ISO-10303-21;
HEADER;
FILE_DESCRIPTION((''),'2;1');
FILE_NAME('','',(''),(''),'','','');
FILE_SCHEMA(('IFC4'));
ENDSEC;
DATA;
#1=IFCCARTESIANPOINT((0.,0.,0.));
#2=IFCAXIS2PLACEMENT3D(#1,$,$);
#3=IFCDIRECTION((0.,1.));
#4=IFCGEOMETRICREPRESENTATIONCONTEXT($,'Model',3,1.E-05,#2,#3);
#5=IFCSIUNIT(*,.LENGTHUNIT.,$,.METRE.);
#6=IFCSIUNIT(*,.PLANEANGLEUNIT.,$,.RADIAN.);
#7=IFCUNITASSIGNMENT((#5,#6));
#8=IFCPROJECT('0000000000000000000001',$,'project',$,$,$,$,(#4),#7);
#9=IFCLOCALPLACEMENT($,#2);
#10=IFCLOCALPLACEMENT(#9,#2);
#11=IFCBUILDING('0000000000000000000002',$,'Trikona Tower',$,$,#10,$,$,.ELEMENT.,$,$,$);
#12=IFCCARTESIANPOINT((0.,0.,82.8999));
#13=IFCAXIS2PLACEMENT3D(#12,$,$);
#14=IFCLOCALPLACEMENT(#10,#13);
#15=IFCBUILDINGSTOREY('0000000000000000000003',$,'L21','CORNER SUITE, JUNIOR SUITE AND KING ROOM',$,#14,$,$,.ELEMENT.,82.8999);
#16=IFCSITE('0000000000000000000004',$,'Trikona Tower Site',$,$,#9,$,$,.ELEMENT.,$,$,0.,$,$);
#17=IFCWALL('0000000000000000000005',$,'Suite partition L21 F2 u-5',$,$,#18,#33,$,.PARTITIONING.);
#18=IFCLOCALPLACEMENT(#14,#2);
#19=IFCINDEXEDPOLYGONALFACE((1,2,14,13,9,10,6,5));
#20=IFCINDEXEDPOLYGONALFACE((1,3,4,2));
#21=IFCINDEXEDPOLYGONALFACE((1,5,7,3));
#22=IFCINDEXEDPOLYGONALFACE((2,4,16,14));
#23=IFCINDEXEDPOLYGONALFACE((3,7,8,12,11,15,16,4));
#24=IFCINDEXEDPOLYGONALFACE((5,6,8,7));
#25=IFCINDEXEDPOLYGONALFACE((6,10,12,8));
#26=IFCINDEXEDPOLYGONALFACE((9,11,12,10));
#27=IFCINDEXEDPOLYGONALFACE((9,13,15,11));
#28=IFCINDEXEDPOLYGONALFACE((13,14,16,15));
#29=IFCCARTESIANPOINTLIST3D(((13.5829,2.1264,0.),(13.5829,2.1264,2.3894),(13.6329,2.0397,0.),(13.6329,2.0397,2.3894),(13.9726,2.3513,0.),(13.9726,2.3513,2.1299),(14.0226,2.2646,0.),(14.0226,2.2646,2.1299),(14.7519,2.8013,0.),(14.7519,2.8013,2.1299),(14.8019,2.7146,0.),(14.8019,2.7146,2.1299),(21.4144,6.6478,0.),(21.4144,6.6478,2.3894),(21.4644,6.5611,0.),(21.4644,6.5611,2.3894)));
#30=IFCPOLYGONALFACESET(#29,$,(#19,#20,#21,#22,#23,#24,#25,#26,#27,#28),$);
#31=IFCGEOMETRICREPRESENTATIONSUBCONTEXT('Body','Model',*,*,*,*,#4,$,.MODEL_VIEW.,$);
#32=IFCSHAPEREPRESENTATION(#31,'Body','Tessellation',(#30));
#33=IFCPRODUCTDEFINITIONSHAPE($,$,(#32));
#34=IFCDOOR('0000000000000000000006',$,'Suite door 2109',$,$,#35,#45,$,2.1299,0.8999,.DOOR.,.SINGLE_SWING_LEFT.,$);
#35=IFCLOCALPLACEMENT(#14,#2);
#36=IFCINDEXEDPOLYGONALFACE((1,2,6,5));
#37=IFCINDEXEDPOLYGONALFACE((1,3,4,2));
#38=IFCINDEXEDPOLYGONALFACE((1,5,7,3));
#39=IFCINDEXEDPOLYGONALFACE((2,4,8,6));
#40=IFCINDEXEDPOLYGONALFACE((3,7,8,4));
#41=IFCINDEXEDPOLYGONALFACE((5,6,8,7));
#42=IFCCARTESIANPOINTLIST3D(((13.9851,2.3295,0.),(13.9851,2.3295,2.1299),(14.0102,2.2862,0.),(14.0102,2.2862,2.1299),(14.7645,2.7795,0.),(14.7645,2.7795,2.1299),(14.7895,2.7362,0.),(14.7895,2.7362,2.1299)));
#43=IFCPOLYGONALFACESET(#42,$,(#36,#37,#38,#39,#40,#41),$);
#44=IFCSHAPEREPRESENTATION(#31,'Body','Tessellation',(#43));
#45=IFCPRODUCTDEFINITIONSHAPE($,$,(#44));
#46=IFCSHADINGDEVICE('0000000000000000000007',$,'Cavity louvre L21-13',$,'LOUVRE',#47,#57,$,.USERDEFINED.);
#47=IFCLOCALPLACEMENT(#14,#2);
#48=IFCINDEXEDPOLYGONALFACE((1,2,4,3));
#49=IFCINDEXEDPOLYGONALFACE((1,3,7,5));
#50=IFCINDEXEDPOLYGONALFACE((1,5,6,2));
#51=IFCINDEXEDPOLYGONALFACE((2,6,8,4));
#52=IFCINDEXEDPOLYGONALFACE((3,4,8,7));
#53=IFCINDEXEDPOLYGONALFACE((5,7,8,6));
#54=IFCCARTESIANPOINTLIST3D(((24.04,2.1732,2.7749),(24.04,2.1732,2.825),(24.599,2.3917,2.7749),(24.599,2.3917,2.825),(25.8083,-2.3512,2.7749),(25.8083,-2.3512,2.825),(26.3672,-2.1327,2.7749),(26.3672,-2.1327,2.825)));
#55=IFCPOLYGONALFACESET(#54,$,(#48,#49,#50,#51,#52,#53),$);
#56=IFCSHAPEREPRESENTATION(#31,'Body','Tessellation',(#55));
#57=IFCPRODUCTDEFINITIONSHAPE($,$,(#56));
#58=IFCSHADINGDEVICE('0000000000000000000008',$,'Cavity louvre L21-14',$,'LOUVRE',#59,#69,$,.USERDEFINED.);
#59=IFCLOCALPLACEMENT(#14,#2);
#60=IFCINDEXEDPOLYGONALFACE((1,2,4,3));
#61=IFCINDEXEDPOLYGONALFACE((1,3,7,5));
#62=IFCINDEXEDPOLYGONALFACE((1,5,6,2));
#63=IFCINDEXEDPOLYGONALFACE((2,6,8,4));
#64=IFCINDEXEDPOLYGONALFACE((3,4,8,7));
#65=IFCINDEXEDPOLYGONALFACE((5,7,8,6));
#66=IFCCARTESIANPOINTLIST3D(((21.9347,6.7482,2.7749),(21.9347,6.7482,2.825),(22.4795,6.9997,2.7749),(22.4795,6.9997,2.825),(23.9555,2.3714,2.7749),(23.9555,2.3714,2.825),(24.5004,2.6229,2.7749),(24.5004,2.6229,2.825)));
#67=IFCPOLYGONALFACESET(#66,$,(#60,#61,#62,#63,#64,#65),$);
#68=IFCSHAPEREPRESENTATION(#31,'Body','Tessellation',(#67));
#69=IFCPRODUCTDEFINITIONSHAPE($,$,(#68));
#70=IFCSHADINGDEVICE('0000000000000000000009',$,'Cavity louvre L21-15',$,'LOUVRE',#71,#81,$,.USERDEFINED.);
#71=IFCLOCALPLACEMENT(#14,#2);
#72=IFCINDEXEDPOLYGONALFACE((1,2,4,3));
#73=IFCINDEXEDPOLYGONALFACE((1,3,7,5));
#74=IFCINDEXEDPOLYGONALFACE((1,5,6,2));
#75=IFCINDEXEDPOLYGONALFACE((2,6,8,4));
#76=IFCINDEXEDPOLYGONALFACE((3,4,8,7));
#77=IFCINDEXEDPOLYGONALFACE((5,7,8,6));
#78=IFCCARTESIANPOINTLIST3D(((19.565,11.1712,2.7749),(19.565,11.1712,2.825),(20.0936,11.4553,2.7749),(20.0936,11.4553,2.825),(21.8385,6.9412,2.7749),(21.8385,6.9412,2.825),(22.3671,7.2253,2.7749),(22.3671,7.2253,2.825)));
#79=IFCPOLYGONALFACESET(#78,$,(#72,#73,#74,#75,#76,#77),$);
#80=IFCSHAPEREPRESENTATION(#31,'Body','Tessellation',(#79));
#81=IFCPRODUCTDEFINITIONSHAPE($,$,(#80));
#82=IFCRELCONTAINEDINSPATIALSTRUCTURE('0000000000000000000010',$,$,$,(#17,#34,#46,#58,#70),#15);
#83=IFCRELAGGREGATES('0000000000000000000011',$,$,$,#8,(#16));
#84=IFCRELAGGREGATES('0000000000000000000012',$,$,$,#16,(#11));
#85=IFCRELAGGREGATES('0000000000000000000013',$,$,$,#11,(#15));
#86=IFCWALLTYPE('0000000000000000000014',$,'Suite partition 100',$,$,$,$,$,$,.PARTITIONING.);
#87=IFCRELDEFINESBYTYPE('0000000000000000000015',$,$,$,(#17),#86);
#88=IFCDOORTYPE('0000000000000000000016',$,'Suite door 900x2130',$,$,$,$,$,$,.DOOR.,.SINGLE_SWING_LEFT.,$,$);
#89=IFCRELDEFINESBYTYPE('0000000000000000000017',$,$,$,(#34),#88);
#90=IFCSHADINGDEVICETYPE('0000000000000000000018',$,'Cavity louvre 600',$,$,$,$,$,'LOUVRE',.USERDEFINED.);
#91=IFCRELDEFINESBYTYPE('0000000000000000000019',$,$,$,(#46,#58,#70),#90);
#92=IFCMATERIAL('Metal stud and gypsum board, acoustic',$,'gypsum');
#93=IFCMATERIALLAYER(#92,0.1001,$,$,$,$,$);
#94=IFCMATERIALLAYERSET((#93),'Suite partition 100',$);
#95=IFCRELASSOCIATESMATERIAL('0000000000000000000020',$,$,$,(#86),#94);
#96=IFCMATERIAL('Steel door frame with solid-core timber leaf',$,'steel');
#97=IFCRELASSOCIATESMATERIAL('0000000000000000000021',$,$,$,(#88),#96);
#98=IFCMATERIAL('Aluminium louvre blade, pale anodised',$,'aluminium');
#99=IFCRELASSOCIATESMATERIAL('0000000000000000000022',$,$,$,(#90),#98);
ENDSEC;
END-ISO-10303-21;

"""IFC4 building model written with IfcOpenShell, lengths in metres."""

from ifc_helpers import new_model, si_unit, direction, frame, frame_2d, origin, origin_2d, place, context, subcontext, project, spatial, rectangle, extrude, material, layer, layer_set, type_object, element, fill, save


model = new_model("IFC4")

# Units and contexts
model_context = context("Model", 3, precision=1e-05, world=origin(), true_north=direction((0.0, 1.0)))
body_context = subcontext(model_context, "Body", "Model", "MODEL_VIEW")
ifc_project = project(units=[si_unit("LENGTHUNIT", "METRE"), si_unit("PLANEANGLEUNIT", "RADIAN")], contexts=[model_context])

# Site, building, storey
site_placement = place(None, origin())
site = spatial("IfcSite", under=ifc_project, at=site_placement, Name="Trikona Tower Site", CompositionType="ELEMENT", RefElevation=0.0)
building_placement = place(site_placement, origin())
building = spatial("IfcBuilding", under=site, at=building_placement, Name="Trikona Tower", CompositionType="ELEMENT")
storey_placement = place(building_placement, frame((0.0, 0.0, 82.8999)))
storey = spatial("IfcBuildingStorey", under=building, at=storey_placement, Name="L21", Description="CORNER SUITE, JUNIOR SUITE AND KING ROOM", CompositionType="ELEMENT", Elevation=82.8999)

# Wall, opening, door
ifc_material_1 = material(Name="Metal stud and gypsum board, acoustic", Category="gypsum")
ifc_layer_1 = layer(ifc_material_1, 0.1001)
ifc_layer_set_1 = layer_set([ifc_layer_1], Name="Suite partition 100")
wall_type_1 = type_object("IfcWallType", Name="Suite partition 100", PredefinedType="PARTITIONING", material=ifc_layer_set_1)
wall_1_placement = place(storey_placement, frame((13.6079, 2.083, 0.0), z_axis=(0.0, 0.0, 1.0), x_axis=(0.866028, 0.499995, 0.0)))
wall_1 = element("IfcWall", 1, at=wall_1_placement, inside=storey, type_object=wall_type_1, Name="Suite partition L21 F2 u-5", PredefinedType="PARTITIONING", context=body_context, shape_type="SweptSolid", body=[
    extrude(rectangle(XDim=9.043, YDim=0.1001, at=frame_2d((4.5215, 0.0))), origin(), (0.0, 0.0, 1.0), 2.3894),
])
opening_1_placement = place(wall_1_placement, frame((0.45, 0.0, 0.0)))
opening_1 = element("IfcOpeningElement", 2, at=opening_1_placement, cuts=wall_1, PredefinedType="OPENING", context=body_context, shape_type="SweptSolid", body=[
    extrude(rectangle(XDim=0.8999, YDim=2.1299, at=frame_2d((0.45, 1.0649))), frame((0.0, 0.0601, 0.0), z_axis=(0.0, -1.0, 0.0), x_axis=(1.0, 0.0, 0.0)), (0.0, 0.0, 1.0), 0.1201),
])
ifc_material_2 = material(Name="Steel door frame with solid-core timber leaf", Category="steel")
door_type = type_object("IfcDoorType", Name="Suite door 900x2130", OperationType="SINGLE_SWING_LEFT", PredefinedType="DOOR", material=ifc_material_2)
door_placement = place(opening_1_placement, origin())
door = element("IfcDoor", 3, at=door_placement, inside=storey, type_object=door_type, Name="Suite door 2109", OperationType="SINGLE_SWING_LEFT", OverallHeight=2.1299, OverallWidth=0.8999, PredefinedType="DOOR", context=body_context, shape_type="SweptSolid", body=[
    extrude(rectangle(XDim=0.8999, YDim=2.1299, at=frame_2d((0.45, 1.0649))), frame((0.0, 0.0249, 0.0), z_axis=(0.0, -1.0, 0.0), x_axis=(1.0, 0.0, 0.0)), (0.0, 0.0, 1.0), 0.05),
])
fill(opening_1, door)

# Shading devices
ifc_material_3 = material(Name="Aluminium louvre blade, pale anodised", Category="aluminium")
shading_device_type = type_object("IfcShadingDeviceType", Name="Cavity louvre 600", ElementType="LOUVRE", PredefinedType="USERDEFINED", material=ifc_material_3)
shading_device_1_placement = place(storey_placement, frame((25.2036, 0.0203, 2.7749), z_axis=(0.0, 0.0, 1.0), x_axis=(-0.364009, 0.931395, 0.0)))
element("IfcShadingDevice", 4, at=shading_device_1_placement, inside=storey, type_object=shading_device_type, Name="Cavity louvre L21-13", ObjectType="LOUVRE", PredefinedType="USERDEFINED", context=body_context, shape_type="SweptSolid", body=[
    extrude(rectangle(XDim=4.8577, YDim=0.6001, at=origin_2d()), origin(), (0.0, 0.0, 1.0), 0.05),
])
shading_device_2_placement = place(storey_placement, frame((23.2175, 4.6855, 2.7749), z_axis=(0.0, 0.0, 1.0), x_axis=(-0.419194, 0.907897, 0.0)))
element("IfcShadingDevice", 5, at=shading_device_2_placement, inside=storey, type_object=shading_device_type, Name="Cavity louvre L21-14", ObjectType="LOUVRE", PredefinedType="USERDEFINED", context=body_context, shape_type="SweptSolid", body=[
    extrude(rectangle(XDim=4.8208, YDim=0.6001, at=origin_2d()), origin(), (0.0, 0.0, 1.0), 0.05),
])
shading_device_3_placement = place(storey_placement, frame((20.9661, 9.1982, 2.7749), z_axis=(0.0, 0.0, 1.0), x_axis=(-0.473423, 0.880835, 0.0)))
element("IfcShadingDevice", 6, at=shading_device_3_placement, inside=storey, type_object=shading_device_type, Name="Cavity louvre L21-15", ObjectType="LOUVRE", PredefinedType="USERDEFINED", context=body_context, shape_type="SweptSolid", body=[
    extrude(rectangle(XDim=4.8022, YDim=0.6001, at=origin_2d()), origin(), (0.0, 0.0, 1.0), 0.05),
])

save(model, "model.ifc")
